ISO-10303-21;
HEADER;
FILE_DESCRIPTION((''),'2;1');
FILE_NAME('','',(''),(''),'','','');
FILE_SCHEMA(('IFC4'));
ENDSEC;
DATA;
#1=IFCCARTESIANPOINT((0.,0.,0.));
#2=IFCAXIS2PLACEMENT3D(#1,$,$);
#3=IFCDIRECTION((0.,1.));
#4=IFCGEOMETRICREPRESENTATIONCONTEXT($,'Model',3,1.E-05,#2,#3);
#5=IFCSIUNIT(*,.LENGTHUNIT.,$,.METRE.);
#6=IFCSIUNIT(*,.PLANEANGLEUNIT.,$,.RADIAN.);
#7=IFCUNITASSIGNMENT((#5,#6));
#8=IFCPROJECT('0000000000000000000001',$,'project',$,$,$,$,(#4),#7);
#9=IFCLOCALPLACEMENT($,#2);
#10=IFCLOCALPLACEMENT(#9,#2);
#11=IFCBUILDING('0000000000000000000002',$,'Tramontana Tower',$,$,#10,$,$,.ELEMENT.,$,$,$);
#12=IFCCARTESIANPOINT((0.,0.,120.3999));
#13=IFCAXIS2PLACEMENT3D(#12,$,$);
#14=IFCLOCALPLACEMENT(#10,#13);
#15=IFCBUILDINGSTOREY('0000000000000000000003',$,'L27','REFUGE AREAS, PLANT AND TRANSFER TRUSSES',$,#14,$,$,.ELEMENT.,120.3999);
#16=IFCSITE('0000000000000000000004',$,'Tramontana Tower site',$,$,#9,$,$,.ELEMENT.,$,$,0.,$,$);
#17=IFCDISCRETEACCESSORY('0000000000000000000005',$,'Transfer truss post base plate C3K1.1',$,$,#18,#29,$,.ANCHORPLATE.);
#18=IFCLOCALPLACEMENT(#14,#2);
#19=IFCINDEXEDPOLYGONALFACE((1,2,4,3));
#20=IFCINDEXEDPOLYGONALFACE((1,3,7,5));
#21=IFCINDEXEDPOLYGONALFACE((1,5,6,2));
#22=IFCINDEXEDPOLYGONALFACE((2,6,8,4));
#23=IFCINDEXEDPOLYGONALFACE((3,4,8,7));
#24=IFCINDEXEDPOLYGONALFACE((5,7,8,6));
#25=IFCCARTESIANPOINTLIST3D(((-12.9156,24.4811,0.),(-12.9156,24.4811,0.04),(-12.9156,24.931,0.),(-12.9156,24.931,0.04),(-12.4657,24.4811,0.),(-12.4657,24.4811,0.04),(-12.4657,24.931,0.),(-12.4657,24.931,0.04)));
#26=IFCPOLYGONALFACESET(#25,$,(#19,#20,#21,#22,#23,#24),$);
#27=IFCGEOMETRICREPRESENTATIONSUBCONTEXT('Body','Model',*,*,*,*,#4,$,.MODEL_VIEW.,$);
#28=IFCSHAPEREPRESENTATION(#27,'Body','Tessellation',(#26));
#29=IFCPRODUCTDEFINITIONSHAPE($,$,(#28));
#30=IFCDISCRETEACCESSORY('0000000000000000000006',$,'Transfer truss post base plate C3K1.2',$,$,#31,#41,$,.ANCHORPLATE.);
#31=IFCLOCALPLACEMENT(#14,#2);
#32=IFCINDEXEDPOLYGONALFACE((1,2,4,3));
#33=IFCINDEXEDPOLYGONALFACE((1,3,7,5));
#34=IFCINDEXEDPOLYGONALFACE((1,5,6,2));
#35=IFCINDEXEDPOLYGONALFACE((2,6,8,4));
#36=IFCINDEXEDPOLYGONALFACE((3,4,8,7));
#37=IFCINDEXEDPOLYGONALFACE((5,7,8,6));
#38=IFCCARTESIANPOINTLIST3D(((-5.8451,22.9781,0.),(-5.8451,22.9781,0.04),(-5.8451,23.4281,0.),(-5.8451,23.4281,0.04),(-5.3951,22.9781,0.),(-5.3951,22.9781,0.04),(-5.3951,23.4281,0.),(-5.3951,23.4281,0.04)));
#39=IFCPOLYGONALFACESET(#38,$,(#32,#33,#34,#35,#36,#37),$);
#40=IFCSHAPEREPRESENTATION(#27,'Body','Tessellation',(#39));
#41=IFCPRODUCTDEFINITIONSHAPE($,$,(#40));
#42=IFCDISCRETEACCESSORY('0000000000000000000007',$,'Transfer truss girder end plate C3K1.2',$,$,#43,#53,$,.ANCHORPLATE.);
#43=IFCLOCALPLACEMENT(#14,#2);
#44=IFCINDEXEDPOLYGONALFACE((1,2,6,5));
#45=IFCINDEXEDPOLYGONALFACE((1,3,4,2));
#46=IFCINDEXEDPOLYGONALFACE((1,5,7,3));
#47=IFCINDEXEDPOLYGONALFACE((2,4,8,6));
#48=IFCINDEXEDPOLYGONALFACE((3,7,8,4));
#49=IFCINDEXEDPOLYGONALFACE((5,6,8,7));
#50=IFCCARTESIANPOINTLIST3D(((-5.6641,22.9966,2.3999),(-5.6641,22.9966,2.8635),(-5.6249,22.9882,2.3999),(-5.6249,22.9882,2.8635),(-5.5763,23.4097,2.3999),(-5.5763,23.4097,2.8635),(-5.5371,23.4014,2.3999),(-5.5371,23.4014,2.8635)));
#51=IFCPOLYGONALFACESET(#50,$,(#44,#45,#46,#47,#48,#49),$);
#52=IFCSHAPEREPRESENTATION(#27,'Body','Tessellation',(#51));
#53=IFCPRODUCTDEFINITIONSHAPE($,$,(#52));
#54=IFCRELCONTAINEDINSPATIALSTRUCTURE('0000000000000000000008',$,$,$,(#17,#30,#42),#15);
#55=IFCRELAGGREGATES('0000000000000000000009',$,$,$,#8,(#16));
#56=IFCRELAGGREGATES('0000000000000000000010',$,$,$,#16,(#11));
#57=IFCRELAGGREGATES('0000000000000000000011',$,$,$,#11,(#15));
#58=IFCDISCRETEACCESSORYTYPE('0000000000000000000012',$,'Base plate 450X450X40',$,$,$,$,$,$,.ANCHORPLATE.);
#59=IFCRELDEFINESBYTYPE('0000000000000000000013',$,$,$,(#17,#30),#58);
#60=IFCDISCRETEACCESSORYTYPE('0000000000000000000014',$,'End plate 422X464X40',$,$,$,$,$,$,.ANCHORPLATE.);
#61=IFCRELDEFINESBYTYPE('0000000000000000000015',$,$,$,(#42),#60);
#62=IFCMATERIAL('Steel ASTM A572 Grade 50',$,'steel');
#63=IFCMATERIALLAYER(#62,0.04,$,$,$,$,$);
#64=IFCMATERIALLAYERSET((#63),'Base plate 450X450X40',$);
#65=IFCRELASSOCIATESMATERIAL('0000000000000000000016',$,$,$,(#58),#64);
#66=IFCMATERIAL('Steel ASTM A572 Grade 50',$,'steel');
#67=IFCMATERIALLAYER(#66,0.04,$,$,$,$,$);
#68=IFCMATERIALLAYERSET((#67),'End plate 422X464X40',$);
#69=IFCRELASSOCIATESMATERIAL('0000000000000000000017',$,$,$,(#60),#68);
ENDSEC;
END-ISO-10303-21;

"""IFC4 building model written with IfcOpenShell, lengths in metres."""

from ifc_helpers import new_model, si_unit, direction, frame, origin, origin_2d, place, context, subcontext, project, spatial, rectangle, extrude, material, layer, layer_set, type_object, element, save


model = new_model("IFC4")

# Units and contexts
model_context = context("Model", 3, precision=1e-05, world=origin(), true_north=direction((0.0, 1.0)))
body_context = subcontext(model_context, "Body", "Model", "MODEL_VIEW")
ifc_project = project(units=[si_unit("LENGTHUNIT", "METRE"), si_unit("PLANEANGLEUNIT", "RADIAN")], contexts=[model_context])

# Site, building, storey
site_placement = place(None, origin())
site = spatial("IfcSite", under=ifc_project, at=site_placement, Name="Tramontana Tower site", CompositionType="ELEMENT", RefElevation=0.0)
building_placement = place(site_placement, origin())
building = spatial("IfcBuilding", under=site, at=building_placement, Name="Tramontana Tower", CompositionType="ELEMENT")
storey_placement = place(building_placement, frame((0.0, 0.0, 120.3999)))
storey = spatial("IfcBuildingStorey", under=building, at=storey_placement, Name="L27", Description="REFUGE AREAS, PLANT AND TRANSFER TRUSSES", CompositionType="ELEMENT", Elevation=120.3999)

# Discrete accessories
ifc_material_1 = material(Name="Steel ASTM A572 Grade 50", Category="steel")
ifc_layer_1 = layer(ifc_material_1, 0.04)
ifc_layer_set_1 = layer_set([ifc_layer_1], Name="Base plate 450X450X40")
discrete_accessory_type_1 = type_object("IfcDiscreteAccessoryType", Name="Base plate 450X450X40", PredefinedType="ANCHORPLATE", material=ifc_layer_set_1)
for number, where, z_axis, x_axis, name in (
    (1, (-12.6907, 24.7061, 0.0), (0.0, 0.0, 1.0), (1.0, 0.0, 0.0), "Transfer truss post base plate C3K1.1"),
    (2, (-5.6201, 23.2031, 0.0), (0.0, 0.0, 1.0), (1.0, 0.0, 0.0), "Transfer truss post base plate C3K1.2"),
):
    element("IfcDiscreteAccessory", number, at=place(storey_placement, frame(where, z_axis=z_axis, x_axis=x_axis)), inside=storey, type_object=discrete_accessory_type_1, Name=name, PredefinedType="ANCHORPLATE", context=body_context, shape_type="SweptSolid", body=[
        extrude(rectangle(XDim=0.45, YDim=0.45, at=origin_2d()), origin(), (0.0, 0.0, 1.0), 0.04),
    ])
ifc_material_2 = material(Name="Steel ASTM A572 Grade 50", Category="steel")
ifc_layer_2 = layer(ifc_material_2, 0.04)
ifc_layer_set_2 = layer_set([ifc_layer_2], Name="End plate 422X464X40")
discrete_accessory_type_2 = type_object("IfcDiscreteAccessoryType", Name="End plate 422X464X40", PredefinedType="ANCHORPLATE", material=ifc_layer_set_2)
discrete_accessory_placement = place(storey_placement, frame((-5.6006, 23.199, 2.3999), z_axis=(0.0, 0.0, 1.0), x_axis=(-0.207912, -0.978148, 0.0)))
element("IfcDiscreteAccessory", 3, at=discrete_accessory_placement, inside=storey, type_object=discrete_accessory_type_2, Name="Transfer truss girder end plate C3K1.2", PredefinedType="ANCHORPLATE", context=body_context, shape_type="SweptSolid", body=[
    extrude(rectangle(XDim=0.4224, YDim=0.04, at=origin_2d()), origin(), (0.0, 0.0, 1.0), 0.4636),
])

save(model, "model.ifc")
